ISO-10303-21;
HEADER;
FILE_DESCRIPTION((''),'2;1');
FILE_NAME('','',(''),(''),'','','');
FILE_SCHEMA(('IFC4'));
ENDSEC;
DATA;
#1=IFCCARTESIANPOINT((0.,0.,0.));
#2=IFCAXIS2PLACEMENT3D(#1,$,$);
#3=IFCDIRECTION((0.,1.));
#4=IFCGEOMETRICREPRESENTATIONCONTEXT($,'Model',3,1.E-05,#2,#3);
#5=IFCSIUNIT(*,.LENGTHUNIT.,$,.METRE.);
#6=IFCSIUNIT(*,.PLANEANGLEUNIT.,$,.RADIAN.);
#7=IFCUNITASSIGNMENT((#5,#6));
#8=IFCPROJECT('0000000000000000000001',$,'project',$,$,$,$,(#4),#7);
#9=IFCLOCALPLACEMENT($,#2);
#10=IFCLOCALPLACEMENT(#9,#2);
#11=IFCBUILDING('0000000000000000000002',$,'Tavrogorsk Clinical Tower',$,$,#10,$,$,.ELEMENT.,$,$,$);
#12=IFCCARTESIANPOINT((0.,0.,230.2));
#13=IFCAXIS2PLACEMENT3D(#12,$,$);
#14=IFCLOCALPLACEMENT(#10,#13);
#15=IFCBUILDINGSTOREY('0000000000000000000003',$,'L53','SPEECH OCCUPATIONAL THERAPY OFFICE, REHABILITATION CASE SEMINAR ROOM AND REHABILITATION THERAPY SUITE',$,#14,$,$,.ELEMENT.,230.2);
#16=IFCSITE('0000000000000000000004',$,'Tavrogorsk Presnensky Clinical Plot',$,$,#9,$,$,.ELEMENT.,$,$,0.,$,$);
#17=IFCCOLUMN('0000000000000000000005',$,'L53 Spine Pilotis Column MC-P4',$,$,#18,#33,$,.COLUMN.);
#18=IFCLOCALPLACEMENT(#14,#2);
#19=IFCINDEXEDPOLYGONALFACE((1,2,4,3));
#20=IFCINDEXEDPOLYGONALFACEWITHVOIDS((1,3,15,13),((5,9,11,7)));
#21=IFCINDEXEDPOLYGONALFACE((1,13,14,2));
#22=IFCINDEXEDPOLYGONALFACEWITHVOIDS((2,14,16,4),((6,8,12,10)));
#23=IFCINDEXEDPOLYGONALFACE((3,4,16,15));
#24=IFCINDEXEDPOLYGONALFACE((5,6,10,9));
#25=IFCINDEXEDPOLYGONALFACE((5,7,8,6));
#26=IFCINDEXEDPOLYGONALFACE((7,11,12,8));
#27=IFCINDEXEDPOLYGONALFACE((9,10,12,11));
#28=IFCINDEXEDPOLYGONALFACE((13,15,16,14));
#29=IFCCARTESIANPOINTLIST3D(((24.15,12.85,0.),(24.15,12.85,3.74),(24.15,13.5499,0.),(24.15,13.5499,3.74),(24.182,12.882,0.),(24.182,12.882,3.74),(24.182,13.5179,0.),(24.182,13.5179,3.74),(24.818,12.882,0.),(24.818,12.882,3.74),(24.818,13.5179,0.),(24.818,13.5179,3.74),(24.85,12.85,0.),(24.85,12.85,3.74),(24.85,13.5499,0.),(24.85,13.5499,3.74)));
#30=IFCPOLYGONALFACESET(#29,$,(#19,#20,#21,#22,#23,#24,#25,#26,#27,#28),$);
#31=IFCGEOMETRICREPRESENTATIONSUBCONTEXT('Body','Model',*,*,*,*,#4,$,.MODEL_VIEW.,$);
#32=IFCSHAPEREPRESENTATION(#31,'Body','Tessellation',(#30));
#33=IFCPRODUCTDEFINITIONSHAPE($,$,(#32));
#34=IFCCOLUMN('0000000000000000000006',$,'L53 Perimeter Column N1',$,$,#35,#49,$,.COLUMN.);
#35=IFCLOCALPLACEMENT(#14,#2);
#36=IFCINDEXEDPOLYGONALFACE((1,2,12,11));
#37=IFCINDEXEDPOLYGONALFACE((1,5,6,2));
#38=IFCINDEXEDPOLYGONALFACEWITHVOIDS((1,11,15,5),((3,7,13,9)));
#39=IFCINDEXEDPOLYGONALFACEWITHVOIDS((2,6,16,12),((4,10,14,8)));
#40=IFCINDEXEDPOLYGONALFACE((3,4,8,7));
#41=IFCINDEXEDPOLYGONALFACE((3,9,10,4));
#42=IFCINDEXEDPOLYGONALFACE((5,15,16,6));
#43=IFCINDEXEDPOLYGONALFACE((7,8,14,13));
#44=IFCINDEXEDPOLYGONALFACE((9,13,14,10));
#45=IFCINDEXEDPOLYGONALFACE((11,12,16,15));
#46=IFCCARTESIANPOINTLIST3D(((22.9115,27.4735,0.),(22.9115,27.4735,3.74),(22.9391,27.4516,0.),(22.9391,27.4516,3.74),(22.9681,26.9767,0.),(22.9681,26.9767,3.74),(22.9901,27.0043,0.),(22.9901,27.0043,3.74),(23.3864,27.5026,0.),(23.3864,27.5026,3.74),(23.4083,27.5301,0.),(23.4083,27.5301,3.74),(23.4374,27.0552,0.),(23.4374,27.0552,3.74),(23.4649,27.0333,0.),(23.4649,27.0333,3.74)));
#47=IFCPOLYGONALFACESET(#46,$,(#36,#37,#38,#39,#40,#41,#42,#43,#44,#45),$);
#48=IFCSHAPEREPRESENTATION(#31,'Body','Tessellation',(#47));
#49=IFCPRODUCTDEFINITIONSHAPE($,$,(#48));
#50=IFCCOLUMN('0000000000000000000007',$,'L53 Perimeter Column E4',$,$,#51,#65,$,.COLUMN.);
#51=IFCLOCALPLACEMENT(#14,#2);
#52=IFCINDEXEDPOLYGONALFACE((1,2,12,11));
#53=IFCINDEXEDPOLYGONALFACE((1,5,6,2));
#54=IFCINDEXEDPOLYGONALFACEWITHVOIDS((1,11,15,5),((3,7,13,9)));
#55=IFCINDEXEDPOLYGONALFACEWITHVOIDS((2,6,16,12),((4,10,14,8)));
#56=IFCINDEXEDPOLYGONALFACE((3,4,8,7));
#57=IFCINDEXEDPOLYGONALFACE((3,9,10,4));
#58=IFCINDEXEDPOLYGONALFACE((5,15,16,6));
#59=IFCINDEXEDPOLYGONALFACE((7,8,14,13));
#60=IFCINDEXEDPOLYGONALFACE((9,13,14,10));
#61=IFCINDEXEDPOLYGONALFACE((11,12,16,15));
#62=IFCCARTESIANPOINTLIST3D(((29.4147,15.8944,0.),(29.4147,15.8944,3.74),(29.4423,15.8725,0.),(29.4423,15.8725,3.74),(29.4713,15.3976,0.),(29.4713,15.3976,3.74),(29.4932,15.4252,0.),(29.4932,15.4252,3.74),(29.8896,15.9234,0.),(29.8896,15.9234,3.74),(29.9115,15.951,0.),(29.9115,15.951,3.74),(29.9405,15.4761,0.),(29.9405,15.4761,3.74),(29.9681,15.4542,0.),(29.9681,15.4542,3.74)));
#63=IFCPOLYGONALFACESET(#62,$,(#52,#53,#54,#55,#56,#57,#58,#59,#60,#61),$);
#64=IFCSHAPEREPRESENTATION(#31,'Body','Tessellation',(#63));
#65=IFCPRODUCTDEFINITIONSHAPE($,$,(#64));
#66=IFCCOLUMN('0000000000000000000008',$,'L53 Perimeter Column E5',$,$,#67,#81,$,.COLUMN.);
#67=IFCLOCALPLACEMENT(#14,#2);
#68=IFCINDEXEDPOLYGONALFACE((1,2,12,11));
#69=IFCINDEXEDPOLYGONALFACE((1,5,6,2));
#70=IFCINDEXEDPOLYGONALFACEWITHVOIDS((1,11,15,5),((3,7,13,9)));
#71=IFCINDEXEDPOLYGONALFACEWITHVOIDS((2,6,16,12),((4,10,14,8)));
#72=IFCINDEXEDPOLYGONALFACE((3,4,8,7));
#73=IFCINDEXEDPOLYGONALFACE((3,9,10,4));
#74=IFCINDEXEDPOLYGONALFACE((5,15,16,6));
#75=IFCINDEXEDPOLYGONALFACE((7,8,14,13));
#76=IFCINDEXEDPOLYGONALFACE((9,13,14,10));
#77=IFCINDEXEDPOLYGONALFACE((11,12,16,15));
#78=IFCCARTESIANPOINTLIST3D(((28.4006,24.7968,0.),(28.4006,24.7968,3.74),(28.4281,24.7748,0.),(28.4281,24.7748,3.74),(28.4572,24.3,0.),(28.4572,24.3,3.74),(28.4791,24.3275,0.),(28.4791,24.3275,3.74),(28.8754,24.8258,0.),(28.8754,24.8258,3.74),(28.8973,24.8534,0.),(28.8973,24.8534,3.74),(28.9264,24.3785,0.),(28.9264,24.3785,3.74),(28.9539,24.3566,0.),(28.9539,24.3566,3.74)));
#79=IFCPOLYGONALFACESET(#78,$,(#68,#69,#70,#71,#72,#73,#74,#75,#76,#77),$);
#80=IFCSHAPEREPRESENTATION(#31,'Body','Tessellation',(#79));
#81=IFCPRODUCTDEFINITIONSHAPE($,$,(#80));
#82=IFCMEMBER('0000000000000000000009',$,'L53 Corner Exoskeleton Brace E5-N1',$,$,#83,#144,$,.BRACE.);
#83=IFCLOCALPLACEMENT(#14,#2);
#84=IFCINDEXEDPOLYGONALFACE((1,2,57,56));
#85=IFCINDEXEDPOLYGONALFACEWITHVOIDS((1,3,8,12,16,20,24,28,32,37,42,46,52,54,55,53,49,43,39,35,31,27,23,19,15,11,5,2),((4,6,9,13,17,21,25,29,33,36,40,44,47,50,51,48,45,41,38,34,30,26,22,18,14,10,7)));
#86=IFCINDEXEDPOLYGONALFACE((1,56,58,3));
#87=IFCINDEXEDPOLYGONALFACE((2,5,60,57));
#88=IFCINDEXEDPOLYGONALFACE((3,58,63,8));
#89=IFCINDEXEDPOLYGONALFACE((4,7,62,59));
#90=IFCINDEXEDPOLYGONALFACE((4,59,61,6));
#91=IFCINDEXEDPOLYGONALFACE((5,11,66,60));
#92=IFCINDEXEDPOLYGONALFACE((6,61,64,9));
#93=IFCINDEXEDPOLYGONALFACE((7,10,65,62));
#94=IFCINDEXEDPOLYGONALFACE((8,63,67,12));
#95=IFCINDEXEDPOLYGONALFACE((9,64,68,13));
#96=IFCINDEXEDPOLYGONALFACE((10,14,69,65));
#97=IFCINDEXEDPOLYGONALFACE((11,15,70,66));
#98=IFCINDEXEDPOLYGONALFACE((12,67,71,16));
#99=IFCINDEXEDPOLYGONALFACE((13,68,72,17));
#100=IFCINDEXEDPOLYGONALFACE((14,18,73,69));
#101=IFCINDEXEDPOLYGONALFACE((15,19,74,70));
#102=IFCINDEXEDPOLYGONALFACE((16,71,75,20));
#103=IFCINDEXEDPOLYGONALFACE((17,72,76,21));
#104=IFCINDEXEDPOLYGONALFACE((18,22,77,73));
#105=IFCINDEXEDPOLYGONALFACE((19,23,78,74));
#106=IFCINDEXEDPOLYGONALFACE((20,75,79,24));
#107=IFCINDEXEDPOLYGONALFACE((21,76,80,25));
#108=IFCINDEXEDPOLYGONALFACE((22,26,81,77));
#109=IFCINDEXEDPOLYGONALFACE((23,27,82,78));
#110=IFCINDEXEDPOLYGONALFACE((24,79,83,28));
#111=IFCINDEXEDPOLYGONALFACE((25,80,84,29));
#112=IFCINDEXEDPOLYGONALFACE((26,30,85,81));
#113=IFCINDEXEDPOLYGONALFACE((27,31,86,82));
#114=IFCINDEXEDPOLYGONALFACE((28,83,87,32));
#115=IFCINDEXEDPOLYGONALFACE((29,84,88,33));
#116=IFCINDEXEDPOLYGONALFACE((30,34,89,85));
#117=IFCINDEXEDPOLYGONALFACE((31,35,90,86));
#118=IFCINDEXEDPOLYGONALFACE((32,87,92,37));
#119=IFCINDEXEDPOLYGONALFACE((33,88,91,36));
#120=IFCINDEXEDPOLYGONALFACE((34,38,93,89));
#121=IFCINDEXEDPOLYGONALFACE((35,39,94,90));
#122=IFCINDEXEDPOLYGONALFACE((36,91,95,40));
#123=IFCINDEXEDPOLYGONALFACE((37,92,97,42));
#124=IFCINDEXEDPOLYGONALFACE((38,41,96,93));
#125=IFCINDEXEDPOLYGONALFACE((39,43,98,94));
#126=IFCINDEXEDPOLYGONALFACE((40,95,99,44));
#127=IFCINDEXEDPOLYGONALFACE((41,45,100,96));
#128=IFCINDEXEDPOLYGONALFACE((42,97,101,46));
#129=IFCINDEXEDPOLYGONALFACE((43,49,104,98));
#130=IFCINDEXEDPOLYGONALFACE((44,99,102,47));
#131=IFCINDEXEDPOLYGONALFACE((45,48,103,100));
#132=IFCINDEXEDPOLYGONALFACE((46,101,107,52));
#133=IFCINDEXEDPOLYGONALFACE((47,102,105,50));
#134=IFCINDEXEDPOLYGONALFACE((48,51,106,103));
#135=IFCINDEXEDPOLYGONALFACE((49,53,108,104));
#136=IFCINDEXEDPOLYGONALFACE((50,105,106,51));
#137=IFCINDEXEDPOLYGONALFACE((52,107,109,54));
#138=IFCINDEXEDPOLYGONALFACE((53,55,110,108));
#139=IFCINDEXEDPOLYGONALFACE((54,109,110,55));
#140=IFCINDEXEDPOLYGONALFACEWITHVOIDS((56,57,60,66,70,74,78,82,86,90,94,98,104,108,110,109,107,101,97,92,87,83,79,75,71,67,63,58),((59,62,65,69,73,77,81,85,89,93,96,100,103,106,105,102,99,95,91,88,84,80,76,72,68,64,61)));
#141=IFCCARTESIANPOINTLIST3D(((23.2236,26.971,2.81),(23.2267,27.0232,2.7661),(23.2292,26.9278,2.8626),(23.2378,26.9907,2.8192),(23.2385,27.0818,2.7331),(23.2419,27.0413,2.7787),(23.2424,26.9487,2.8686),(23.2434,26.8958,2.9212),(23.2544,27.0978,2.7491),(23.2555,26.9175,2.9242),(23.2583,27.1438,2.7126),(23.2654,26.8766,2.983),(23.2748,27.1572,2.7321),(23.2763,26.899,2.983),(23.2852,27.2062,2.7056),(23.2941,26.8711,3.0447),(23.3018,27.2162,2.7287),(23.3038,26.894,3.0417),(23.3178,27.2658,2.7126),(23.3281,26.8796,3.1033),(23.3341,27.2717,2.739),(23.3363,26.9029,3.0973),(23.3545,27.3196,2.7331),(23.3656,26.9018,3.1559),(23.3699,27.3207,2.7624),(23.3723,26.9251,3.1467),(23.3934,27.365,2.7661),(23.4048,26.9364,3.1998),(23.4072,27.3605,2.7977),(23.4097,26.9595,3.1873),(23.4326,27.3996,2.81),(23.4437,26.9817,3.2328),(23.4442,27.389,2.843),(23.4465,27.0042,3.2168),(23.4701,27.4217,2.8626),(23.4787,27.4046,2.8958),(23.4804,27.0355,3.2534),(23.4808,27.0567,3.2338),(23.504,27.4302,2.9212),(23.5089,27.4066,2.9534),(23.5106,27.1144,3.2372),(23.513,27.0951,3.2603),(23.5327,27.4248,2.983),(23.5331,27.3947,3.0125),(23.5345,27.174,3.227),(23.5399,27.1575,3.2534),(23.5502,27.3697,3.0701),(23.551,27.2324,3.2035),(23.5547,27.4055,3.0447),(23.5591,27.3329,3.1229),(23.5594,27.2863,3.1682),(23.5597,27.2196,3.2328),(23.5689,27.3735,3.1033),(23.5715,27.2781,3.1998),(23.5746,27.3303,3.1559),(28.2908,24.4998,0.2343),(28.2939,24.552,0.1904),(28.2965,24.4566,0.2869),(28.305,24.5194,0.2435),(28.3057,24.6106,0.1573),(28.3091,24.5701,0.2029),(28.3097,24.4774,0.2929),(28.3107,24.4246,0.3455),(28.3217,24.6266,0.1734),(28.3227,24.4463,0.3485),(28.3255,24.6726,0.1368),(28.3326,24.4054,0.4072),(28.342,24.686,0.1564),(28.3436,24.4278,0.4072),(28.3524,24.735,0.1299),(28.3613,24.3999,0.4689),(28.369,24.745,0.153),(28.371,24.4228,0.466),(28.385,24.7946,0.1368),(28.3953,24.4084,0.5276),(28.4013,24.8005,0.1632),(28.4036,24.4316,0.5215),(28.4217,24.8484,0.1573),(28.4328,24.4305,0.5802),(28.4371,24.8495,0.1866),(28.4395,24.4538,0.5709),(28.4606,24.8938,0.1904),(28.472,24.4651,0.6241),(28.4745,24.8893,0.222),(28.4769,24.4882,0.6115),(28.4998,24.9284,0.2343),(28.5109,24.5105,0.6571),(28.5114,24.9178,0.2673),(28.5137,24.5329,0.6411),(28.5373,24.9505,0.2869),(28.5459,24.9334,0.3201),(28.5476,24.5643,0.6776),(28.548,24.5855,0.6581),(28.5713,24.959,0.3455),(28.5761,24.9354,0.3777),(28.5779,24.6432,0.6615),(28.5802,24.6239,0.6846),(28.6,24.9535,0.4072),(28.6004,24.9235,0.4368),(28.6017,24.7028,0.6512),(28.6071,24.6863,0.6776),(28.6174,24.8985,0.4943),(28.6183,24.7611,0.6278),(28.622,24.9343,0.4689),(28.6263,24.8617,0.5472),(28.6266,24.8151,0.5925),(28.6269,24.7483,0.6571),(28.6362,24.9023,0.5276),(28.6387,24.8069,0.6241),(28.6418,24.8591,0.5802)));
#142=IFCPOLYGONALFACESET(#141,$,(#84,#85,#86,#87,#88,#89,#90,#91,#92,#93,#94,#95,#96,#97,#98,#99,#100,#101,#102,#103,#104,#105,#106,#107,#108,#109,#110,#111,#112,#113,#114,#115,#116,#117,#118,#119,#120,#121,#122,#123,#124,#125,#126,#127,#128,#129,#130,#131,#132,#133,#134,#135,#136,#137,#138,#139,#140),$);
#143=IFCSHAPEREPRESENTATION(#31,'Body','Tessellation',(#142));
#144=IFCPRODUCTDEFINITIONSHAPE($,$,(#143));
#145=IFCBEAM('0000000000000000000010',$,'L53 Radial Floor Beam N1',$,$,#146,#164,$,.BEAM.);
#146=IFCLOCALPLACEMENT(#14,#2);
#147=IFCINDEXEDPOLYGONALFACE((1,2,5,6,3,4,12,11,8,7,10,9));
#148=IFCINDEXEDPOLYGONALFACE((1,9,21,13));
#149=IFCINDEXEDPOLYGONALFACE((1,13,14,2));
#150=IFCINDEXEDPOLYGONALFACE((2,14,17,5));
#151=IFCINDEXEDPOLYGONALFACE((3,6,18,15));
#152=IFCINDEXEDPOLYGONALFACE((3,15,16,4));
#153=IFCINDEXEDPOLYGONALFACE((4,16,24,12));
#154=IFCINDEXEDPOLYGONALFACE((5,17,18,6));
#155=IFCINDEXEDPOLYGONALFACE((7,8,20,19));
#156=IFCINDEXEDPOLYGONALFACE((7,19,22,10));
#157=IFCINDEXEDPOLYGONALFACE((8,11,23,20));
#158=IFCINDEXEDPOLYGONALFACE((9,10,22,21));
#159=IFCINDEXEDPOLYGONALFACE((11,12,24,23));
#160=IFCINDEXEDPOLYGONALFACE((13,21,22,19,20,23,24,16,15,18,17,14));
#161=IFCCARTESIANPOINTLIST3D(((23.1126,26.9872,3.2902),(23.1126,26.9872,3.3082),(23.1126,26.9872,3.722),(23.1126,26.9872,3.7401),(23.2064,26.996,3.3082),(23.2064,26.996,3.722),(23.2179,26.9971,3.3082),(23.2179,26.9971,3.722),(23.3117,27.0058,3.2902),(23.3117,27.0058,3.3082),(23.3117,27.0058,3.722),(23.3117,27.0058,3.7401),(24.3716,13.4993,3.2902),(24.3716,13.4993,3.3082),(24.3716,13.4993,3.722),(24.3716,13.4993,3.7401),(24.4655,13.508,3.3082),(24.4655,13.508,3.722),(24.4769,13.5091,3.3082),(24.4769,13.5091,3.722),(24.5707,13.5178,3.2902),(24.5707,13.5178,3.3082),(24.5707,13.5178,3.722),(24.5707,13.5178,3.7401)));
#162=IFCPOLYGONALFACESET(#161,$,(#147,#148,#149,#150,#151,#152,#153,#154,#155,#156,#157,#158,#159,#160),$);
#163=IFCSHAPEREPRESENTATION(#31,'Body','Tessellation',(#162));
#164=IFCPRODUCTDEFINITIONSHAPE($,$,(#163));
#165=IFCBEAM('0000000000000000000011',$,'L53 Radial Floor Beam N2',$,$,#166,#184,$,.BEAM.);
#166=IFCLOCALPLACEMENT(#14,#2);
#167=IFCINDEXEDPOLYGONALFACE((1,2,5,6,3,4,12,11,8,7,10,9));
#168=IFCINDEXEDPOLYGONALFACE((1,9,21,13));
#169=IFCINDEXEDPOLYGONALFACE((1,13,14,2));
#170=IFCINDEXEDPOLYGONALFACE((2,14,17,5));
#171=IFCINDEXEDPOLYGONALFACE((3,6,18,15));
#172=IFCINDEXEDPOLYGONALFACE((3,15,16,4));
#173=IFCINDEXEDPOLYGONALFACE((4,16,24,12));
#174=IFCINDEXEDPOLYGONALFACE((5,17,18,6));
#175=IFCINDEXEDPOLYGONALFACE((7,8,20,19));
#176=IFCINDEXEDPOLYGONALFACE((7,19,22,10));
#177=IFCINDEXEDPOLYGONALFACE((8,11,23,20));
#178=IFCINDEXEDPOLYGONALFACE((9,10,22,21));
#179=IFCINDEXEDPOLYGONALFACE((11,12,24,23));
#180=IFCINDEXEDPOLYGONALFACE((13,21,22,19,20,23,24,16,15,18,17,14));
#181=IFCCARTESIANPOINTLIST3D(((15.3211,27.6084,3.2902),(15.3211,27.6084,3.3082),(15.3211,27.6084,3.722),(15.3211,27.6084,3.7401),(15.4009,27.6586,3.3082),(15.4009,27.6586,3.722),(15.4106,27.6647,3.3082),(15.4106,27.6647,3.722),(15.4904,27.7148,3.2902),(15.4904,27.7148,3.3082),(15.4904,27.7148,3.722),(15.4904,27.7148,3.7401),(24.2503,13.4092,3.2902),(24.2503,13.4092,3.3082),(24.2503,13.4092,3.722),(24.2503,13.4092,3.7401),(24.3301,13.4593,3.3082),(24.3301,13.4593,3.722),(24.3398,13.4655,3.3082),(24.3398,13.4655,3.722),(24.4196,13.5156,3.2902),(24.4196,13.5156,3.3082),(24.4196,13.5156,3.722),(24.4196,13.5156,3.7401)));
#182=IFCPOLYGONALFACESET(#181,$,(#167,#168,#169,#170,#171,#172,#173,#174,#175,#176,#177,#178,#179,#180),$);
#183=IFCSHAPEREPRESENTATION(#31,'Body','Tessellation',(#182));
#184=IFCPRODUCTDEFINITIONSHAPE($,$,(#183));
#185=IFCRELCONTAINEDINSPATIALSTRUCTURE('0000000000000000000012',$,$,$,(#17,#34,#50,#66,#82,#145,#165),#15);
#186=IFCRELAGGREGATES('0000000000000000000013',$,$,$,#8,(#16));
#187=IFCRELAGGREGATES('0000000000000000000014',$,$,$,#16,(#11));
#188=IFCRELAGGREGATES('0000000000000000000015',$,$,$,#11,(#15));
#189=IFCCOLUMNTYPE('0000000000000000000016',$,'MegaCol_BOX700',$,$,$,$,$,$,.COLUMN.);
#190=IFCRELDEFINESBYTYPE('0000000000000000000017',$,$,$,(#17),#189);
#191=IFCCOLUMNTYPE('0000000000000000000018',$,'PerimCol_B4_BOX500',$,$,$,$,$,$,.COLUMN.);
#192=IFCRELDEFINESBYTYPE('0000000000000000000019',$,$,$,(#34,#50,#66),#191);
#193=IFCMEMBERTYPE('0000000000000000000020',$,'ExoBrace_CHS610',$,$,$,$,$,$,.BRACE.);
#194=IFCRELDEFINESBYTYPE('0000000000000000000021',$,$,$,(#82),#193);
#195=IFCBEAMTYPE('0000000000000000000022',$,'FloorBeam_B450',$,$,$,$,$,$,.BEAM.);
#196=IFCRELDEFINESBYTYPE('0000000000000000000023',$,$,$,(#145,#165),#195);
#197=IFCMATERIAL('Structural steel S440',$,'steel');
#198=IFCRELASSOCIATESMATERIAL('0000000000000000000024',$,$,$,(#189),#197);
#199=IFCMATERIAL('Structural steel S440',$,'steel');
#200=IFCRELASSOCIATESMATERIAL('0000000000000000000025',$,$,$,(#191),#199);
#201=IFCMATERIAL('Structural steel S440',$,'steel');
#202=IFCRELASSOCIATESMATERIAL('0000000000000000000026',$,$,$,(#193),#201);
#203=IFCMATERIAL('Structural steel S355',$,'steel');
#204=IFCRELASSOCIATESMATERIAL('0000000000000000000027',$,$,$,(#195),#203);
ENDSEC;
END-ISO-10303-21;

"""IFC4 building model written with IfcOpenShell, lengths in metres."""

from ifc_helpers import new_model, si_unit, direction, frame, origin, origin_2d, place, context, subcontext, project, spatial, hollow_rectangle, hollow_circle, i_section, extrude, material, material_profile, profile_set, type_object, element, save


model = new_model("IFC4")

# Units and contexts
model_context = context("Model", 3, precision=1e-05, world=origin(), true_north=direction((0.0, 1.0)))
body_context = subcontext(model_context, "Body", "Model", "MODEL_VIEW")
ifc_project = project(units=[si_unit("LENGTHUNIT", "METRE"), si_unit("PLANEANGLEUNIT", "RADIAN")], contexts=[model_context])

# Site, building, storey
site_placement = place(None, origin())
site = spatial("IfcSite", under=ifc_project, at=site_placement, Name="Tavrogorsk Presnensky Clinical Plot", CompositionType="ELEMENT", RefElevation=0.0)
building_placement = place(site_placement, origin())
building = spatial("IfcBuilding", under=site, at=building_placement, Name="Tavrogorsk Clinical Tower", CompositionType="ELEMENT")
storey_placement = place(building_placement, frame((0.0, 0.0, 230.2)))
storey = spatial("IfcBuildingStorey", under=building, at=storey_placement, Name="L53", Description="SPEECH OCCUPATIONAL THERAPY OFFICE, REHABILITATION CASE SEMINAR ROOM AND REHABILITATION THERAPY SUITE", CompositionType="ELEMENT", Elevation=230.2)

# Columns
ifc_material_1 = material(Name="Structural steel S440", Category="steel")
ifc_material_profile_1 = material_profile(ifc_material_1, hollow_rectangle(XDim=0.7, YDim=0.7, WallThickness=0.032, at=origin_2d()), Name="BOX-700x700x32")
ifc_profile_set_1 = profile_set([ifc_material_profile_1], Name="Structural steel S440")
column_type_1 = type_object("IfcColumnType", Name="MegaCol_BOX700", PredefinedType="COLUMN", material=ifc_profile_set_1)
column_placement = place(storey_placement, frame((24.5, 13.2, 0.0), z_axis=(0.0, 0.0, 1.0), x_axis=(1.0, 0.0, 0.0)))
element("IfcColumn", 1, at=column_placement, inside=storey, type_object=column_type_1, Name="L53 Spine Pilotis Column MC-P4", PredefinedType="COLUMN", context=body_context, shape_type="SweptSolid", body=[
    extrude(hollow_rectangle(XDim=0.7, YDim=0.7, WallThickness=0.032, at=origin_2d()), origin(), (0.0, 0.0, 1.0), 3.74),
])
ifc_material_2 = material(Name="Structural steel S440", Category="steel")
ifc_material_profile_2 = material_profile(ifc_material_2, hollow_rectangle(XDim=0.5, YDim=0.5, WallThickness=0.0249, at=origin_2d()), Name="BOX-500x500x25")
ifc_profile_set_2 = profile_set([ifc_material_profile_2], Name="Structural steel S440")
column_type_2 = type_object("IfcColumnType", Name="PerimCol_B4_BOX500", PredefinedType="COLUMN", material=ifc_profile_set_2)
for number, where, z_axis, x_axis, name in (
    (2, (23.1882, 27.2534, 0.0), (0.0, 0.0, 1.0), (0.993572, 0.113203, 0.0), "L53 Perimeter Column N1"),
    (3, (29.6914, 15.6743, 0.0), (0.0, 0.0, 1.0), (0.993572, 0.113203, 0.0), "L53 Perimeter Column E4"),
    (4, (28.6772, 24.5767, 0.0), (0.0, 0.0, 1.0), (0.993572, 0.113203, 0.0), "L53 Perimeter Column E5"),
):
    element("IfcColumn", number, at=place(storey_placement, frame(where, z_axis=z_axis, x_axis=x_axis)), inside=storey, type_object=column_type_2, Name=name, PredefinedType="COLUMN", context=body_context, shape_type="SweptSolid", body=[
        extrude(hollow_rectangle(XDim=0.5, YDim=0.5, WallThickness=0.0249, at=origin_2d()), origin(), (0.0, 0.0, 1.0), 3.74),
    ])

# Member
ifc_material_3 = material(Name="Structural steel S440", Category="steel")
ifc_material_profile_3 = material_profile(ifc_material_3, hollow_circle(Radius=0.3049, WallThickness=0.0249, at=origin_2d()), Name="CHS-610x25")
ifc_profile_set_3 = profile_set([ifc_material_profile_3], Name="Structural steel S440")
member_type_1 = type_object("IfcMemberType", Name="ExoBrace_CHS610", PredefinedType="BRACE", material=ifc_profile_set_3)
member_placement = place(storey_placement, frame((28.4663, 24.6794, 0.4072), z_axis=(-0.817527, 0.398699, 0.415558), x_axis=(-0.43834, -0.898809, 0.0)))
element("IfcMember", 5, at=member_placement, inside=storey, type_object=member_type_1, Name="L53 Corner Exoskeleton Brace E5-N1", PredefinedType="BRACE", context=body_context, shape_type="SweptSolid", body=[
    extrude(hollow_circle(Radius=0.3049, WallThickness=0.0249, at=origin_2d()), origin(), (0.0, 0.0, 1.0), 6.1982),
])

# Beams
ifc_material_4 = material(Name="Structural steel S355", Category="steel")
ifc_material_profile_4 = material_profile(ifc_material_4, i_section(OverallWidth=0.2, OverallDepth=0.45, WebThickness=0.0115, FlangeThickness=0.0181, at=origin_2d()), Name="B-450x200x11.5x18")
ifc_profile_set_4 = profile_set([ifc_material_profile_4], Name="Structural steel S355")
beam_type_1 = type_object("IfcBeamType", Name="FloorBeam_B450", PredefinedType="BEAM", material=ifc_profile_set_4)
beam_1_placement = place(storey_placement, frame((24.4712, 13.5085, 3.5151), z_axis=(-0.09294, 0.995672, 0.0), x_axis=(-0.995672, -0.09294, 0.0)))
element("IfcBeam", 6, at=beam_1_placement, inside=storey, type_object=beam_type_1, Name="L53 Radial Floor Beam N1", PredefinedType="BEAM", context=body_context, shape_type="SweptSolid", body=[
    extrude(i_section(OverallWidth=0.2, OverallDepth=0.45, WebThickness=0.0115, FlangeThickness=0.0181, at=origin_2d()), origin(), (0.0, 0.0, 1.0), 13.5466),
])
beam_2_placement = place(storey_placement, frame((24.335, 13.4624, 3.5151), z_axis=(-0.532341, 0.84653, 0.0), x_axis=(-0.84653, -0.532341, 0.0)))
element("IfcBeam", 7, at=beam_2_placement, inside=storey, type_object=beam_type_1, Name="L53 Radial Floor Beam N2", PredefinedType="BEAM", context=body_context, shape_type="SweptSolid", body=[
    extrude(i_section(OverallWidth=0.2, OverallDepth=0.45, WebThickness=0.0115, FlangeThickness=0.0181, at=origin_2d()), origin(), (0.0, 0.0, 1.0), 16.7734),
])

save(model, "model.ifc")
